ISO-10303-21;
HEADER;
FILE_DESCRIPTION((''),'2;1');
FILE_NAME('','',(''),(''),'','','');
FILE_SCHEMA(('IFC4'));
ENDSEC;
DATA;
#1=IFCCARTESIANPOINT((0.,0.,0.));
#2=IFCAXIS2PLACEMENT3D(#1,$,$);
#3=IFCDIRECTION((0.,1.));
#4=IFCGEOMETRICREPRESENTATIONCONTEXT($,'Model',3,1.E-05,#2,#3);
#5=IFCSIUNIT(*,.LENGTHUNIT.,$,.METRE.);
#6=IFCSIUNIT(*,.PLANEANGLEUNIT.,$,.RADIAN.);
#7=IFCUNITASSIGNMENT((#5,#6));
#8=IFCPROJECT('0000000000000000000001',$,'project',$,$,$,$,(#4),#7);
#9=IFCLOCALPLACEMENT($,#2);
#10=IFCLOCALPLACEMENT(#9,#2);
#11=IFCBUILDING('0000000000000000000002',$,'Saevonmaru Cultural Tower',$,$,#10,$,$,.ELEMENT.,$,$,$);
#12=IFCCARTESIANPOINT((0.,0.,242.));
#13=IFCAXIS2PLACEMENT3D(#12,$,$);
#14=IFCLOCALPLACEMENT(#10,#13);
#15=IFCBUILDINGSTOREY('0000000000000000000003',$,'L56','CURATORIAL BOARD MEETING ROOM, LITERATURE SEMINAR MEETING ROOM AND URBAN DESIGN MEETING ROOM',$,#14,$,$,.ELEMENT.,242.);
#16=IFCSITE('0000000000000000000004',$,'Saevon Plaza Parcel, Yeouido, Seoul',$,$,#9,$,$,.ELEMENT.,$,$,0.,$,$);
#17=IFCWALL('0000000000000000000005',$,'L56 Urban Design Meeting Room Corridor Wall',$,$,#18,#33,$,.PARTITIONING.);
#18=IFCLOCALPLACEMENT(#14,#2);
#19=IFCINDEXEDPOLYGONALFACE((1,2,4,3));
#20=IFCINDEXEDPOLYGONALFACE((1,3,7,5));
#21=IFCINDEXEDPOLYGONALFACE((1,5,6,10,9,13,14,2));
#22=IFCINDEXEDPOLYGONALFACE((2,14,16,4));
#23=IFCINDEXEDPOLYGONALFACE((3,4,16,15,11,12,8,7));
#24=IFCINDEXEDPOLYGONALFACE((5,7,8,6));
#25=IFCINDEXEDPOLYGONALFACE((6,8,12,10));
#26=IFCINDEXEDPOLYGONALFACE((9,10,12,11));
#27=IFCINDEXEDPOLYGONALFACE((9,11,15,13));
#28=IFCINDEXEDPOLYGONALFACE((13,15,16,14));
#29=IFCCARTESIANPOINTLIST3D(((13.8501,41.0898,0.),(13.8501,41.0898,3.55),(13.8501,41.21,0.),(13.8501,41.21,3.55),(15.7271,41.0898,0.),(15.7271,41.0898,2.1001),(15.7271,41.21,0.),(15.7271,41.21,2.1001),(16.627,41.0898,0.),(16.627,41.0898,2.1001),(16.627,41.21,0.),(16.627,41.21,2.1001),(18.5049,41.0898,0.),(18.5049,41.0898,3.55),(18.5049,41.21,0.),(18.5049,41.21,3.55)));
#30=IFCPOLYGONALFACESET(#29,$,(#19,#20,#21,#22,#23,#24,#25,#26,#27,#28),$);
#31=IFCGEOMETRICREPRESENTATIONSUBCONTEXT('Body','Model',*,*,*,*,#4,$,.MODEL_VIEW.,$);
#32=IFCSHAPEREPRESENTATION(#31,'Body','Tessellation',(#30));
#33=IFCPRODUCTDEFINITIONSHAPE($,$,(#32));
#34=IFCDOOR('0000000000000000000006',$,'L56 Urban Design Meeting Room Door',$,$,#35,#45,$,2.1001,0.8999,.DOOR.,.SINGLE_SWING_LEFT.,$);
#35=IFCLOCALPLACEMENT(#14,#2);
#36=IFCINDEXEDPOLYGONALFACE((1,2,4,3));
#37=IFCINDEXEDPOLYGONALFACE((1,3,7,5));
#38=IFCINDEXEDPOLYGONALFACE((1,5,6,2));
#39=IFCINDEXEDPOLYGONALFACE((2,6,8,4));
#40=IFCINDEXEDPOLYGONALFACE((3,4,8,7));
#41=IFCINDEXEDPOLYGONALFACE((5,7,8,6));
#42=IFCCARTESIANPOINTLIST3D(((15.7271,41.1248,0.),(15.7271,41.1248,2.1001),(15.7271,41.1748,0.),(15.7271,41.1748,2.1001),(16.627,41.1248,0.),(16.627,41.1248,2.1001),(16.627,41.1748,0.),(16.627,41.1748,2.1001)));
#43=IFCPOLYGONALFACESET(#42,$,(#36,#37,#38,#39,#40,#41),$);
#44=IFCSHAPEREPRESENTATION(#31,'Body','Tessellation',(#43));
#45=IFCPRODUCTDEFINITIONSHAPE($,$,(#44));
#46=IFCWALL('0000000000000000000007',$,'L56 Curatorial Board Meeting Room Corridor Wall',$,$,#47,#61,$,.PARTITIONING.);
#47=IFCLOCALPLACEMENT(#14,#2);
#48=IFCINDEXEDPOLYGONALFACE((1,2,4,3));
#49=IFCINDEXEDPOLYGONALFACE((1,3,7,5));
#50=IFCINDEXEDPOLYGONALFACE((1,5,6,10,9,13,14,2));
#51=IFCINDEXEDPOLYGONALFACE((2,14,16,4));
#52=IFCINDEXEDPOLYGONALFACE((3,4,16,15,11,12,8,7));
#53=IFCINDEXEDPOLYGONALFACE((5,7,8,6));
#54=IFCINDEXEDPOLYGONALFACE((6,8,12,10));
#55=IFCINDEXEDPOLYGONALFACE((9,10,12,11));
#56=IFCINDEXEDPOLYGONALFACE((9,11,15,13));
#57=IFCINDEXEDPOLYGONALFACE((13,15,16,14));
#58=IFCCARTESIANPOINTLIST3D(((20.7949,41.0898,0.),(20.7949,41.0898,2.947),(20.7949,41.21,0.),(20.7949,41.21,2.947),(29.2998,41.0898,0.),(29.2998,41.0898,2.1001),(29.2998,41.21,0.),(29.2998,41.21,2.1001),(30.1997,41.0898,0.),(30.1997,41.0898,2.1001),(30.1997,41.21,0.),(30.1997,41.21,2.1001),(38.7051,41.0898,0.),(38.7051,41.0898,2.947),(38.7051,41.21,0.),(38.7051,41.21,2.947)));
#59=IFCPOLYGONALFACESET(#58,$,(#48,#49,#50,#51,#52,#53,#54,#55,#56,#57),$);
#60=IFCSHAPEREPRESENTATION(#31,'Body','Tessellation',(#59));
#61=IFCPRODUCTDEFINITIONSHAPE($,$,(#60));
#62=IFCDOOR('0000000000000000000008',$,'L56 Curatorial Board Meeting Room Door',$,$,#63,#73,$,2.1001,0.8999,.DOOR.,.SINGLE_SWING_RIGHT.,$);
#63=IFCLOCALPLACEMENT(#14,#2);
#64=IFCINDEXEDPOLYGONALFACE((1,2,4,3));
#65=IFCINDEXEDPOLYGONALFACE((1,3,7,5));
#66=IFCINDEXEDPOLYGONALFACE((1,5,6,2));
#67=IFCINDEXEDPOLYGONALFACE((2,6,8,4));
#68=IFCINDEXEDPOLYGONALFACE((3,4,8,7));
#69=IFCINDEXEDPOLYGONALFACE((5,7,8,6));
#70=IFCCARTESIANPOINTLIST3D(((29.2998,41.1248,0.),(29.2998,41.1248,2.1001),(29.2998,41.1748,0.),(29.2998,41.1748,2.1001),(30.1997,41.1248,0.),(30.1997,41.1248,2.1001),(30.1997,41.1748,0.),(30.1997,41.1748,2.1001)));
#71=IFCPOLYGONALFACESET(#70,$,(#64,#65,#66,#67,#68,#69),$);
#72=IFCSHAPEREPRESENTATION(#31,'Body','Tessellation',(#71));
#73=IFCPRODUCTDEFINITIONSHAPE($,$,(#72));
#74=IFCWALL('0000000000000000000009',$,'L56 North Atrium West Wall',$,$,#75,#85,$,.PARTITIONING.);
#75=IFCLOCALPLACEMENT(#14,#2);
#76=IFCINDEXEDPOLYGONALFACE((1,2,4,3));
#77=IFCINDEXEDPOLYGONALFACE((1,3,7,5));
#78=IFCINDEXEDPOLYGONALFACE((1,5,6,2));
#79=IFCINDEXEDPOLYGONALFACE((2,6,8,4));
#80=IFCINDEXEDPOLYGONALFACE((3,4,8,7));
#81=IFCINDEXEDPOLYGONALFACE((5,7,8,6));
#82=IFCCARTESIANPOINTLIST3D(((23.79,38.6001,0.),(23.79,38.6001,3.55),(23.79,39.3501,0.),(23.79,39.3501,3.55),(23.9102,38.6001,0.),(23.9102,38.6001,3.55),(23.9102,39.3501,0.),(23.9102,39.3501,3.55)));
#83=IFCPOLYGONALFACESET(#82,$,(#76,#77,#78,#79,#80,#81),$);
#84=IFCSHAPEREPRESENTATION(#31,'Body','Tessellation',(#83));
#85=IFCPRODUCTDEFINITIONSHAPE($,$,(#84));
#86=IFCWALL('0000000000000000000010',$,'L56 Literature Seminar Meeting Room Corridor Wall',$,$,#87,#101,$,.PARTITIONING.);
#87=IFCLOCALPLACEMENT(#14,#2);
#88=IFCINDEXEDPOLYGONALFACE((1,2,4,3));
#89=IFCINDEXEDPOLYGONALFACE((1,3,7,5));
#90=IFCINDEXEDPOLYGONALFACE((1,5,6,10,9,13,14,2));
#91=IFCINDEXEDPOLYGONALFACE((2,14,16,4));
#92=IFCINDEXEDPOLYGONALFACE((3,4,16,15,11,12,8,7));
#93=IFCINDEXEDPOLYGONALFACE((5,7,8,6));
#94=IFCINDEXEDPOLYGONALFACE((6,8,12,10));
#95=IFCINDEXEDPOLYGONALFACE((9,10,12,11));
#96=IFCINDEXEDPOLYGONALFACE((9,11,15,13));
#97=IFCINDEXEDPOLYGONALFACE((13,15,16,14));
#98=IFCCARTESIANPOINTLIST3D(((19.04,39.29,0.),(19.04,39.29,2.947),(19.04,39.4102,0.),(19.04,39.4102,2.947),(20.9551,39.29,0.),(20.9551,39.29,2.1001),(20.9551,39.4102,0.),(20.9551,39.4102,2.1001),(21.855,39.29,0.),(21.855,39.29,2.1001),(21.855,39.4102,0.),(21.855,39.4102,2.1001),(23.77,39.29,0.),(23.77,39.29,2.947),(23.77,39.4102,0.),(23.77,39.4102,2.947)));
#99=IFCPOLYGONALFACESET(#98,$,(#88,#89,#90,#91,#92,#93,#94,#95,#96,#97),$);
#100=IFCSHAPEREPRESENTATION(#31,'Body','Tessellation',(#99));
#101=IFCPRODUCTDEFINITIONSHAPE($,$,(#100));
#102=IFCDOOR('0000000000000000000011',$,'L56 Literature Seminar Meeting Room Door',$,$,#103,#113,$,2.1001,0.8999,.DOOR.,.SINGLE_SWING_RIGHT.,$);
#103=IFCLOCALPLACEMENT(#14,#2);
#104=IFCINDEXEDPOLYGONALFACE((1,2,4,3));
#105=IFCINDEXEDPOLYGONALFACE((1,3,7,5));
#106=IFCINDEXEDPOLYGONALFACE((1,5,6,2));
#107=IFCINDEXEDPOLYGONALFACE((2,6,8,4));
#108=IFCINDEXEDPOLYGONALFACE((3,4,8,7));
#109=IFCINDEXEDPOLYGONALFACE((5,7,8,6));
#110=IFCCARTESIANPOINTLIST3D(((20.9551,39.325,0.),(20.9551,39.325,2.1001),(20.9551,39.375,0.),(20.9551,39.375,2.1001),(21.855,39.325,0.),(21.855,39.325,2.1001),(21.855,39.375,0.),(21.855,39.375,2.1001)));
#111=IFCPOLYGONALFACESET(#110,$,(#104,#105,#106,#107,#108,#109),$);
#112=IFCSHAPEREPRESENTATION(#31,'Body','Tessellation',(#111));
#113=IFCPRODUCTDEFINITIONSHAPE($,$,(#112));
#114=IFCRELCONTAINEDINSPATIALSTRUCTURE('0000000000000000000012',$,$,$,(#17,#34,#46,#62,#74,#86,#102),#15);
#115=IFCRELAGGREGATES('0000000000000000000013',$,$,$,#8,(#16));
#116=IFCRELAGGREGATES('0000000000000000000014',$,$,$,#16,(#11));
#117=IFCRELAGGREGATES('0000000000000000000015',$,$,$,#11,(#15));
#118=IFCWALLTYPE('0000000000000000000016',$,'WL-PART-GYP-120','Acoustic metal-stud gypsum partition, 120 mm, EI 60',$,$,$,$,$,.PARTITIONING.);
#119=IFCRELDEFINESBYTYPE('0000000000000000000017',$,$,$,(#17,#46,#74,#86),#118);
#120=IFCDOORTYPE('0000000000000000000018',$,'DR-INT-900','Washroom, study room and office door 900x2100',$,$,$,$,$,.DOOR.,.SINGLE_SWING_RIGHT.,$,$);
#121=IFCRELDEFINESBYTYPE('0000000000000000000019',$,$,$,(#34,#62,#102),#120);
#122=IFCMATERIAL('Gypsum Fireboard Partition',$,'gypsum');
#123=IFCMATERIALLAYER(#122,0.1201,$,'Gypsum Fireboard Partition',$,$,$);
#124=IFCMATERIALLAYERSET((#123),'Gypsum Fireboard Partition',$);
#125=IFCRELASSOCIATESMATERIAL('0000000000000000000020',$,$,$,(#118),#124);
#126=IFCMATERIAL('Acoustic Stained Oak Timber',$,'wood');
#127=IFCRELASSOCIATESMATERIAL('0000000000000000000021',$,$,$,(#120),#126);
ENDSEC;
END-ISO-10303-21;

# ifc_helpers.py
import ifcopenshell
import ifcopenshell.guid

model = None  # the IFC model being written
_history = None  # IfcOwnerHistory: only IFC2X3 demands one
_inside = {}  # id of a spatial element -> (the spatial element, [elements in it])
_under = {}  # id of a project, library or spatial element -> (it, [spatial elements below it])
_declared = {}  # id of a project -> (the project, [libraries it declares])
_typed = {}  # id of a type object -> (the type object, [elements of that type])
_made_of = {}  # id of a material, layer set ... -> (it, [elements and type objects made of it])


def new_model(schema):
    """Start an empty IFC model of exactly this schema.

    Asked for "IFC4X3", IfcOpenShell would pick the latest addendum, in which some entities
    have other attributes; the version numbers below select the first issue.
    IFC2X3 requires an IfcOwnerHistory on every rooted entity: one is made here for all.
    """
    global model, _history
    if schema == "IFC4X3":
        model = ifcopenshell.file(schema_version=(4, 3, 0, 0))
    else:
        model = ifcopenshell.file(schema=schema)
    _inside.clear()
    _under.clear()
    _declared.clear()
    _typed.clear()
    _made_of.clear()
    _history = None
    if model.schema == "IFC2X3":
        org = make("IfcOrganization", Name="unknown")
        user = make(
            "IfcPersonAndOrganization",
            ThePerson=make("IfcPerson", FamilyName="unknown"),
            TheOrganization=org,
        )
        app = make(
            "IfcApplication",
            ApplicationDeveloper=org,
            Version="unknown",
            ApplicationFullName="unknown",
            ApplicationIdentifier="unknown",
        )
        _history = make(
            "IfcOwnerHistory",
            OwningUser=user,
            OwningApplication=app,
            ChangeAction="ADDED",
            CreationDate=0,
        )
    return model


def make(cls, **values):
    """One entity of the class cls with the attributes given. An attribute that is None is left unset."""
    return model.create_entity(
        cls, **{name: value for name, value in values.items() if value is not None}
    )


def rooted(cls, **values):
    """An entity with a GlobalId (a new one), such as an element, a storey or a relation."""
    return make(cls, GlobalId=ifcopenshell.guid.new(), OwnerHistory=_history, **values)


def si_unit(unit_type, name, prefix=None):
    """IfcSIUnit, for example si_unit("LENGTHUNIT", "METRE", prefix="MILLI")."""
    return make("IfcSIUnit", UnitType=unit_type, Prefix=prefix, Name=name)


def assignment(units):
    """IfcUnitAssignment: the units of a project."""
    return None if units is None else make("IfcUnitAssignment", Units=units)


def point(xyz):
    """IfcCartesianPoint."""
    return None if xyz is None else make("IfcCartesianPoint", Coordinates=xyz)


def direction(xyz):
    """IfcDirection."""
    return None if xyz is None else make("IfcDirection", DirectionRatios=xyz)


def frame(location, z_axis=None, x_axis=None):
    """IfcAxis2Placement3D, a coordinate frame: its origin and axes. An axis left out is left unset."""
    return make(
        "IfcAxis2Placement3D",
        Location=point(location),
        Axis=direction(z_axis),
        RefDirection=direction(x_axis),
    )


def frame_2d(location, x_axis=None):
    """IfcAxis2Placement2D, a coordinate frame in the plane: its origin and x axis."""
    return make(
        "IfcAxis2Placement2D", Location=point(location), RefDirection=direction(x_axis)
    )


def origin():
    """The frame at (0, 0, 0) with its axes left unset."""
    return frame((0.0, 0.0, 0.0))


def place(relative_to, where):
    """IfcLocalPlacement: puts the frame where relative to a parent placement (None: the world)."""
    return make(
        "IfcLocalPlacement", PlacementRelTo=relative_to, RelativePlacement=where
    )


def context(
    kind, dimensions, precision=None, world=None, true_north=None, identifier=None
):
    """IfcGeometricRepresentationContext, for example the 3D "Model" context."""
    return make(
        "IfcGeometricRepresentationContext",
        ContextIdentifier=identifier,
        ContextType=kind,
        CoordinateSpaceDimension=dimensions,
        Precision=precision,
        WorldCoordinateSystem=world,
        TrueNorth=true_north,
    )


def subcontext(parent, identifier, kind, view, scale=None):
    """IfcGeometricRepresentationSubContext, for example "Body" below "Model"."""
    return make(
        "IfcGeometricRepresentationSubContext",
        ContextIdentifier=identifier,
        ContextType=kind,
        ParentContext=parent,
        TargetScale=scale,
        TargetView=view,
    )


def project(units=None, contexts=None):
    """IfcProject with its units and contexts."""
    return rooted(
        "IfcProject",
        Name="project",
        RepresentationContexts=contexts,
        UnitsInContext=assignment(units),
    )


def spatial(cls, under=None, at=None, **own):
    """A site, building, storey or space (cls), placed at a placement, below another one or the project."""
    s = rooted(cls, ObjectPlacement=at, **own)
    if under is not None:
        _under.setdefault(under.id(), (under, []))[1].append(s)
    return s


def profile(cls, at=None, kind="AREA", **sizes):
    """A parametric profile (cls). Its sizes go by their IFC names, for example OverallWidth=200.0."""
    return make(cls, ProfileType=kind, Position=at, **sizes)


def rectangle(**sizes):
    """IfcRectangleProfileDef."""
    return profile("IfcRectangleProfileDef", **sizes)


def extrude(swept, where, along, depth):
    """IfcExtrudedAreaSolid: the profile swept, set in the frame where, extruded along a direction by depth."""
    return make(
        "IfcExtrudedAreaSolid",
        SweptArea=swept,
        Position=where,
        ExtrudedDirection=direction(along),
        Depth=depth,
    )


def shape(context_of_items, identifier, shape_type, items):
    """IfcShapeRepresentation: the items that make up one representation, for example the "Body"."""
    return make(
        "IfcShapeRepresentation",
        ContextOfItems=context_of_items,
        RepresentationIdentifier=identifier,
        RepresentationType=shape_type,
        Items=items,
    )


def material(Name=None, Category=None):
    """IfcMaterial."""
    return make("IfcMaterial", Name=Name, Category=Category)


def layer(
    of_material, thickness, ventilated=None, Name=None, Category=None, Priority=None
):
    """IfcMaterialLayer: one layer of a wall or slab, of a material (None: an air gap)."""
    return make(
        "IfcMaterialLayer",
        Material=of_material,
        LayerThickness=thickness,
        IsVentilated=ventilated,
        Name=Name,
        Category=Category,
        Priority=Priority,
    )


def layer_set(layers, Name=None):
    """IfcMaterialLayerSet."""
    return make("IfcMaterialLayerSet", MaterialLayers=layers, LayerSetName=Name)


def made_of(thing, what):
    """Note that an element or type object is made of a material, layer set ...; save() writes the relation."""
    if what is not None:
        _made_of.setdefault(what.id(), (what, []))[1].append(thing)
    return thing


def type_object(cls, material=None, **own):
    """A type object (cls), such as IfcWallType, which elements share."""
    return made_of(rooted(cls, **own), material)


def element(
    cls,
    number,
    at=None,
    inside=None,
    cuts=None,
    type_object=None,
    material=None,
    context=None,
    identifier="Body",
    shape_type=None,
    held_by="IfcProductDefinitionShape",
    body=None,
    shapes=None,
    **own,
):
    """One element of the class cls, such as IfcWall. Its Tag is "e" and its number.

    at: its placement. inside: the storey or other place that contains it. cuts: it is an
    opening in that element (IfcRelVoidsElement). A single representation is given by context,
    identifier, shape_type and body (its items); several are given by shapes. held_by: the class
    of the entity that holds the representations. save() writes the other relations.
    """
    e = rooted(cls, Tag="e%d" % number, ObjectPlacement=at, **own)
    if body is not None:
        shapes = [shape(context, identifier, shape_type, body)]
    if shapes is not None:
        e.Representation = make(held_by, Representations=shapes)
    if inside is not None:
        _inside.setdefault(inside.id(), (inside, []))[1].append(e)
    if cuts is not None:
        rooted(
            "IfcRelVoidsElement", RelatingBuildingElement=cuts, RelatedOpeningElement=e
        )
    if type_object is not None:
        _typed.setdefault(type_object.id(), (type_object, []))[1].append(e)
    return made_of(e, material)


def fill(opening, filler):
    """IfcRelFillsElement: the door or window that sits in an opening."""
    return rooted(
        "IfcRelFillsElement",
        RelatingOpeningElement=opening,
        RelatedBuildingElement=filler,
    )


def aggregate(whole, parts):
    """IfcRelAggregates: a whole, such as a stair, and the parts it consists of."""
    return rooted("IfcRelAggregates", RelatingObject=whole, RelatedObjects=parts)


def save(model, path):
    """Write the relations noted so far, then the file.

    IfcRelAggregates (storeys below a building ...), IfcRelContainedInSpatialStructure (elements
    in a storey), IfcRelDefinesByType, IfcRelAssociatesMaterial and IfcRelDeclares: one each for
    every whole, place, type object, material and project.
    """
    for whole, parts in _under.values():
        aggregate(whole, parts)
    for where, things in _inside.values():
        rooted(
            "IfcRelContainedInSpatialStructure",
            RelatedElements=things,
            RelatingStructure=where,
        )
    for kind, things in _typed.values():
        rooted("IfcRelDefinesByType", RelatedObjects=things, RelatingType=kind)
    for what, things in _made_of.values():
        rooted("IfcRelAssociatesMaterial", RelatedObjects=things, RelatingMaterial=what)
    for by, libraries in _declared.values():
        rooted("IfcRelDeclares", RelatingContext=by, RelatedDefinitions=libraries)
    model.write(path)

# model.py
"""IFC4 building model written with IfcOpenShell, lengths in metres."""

from ifc_helpers import new_model, si_unit, direction, frame, frame_2d, origin, place, context, subcontext, project, spatial, rectangle, extrude, material, layer, layer_set, type_object, element, fill, save


model = new_model("IFC4")

# Units and contexts
model_context = context("Model", 3, precision=1e-05, world=origin(), true_north=direction((0.0, 1.0)))
body_context = subcontext(model_context, "Body", "Model", "MODEL_VIEW")
ifc_project = project(units=[si_unit("LENGTHUNIT", "METRE"), si_unit("PLANEANGLEUNIT", "RADIAN")], contexts=[model_context])

# Site, building, storey
site_placement = place(None, origin())
site = spatial("IfcSite", under=ifc_project, at=site_placement, Name="Saevon Plaza Parcel, Yeouido, Seoul", CompositionType="ELEMENT", RefElevation=0.0)
building_placement = place(site_placement, origin())
building = spatial("IfcBuilding", under=site, at=building_placement, Name="Saevonmaru Cultural Tower", CompositionType="ELEMENT")
storey_placement = place(building_placement, frame((0.0, 0.0, 242.0)))
storey = spatial("IfcBuildingStorey", under=building, at=storey_placement, Name="L56", Description="CURATORIAL BOARD MEETING ROOM, LITERATURE SEMINAR MEETING ROOM AND URBAN DESIGN MEETING ROOM", CompositionType="ELEMENT", Elevation=242.0)

# Shared definitions
ifc_material_1 = material(Name="Gypsum Fireboard Partition", Category="gypsum")

# Walls, openings, doors
ifc_layer_1 = layer(ifc_material_1, 0.1201, Name="Gypsum Fireboard Partition")
ifc_layer_set_1 = layer_set([ifc_layer_1], Name="Gypsum Fireboard Partition")
wall_type_1 = type_object("IfcWallType", Name="WL-PART-GYP-120", Description="Acoustic metal-stud gypsum partition, 120 mm, EI 60", PredefinedType="PARTITIONING", material=ifc_layer_set_1)
wall_1_placement = place(storey_placement, frame((13.8501, 41.1499, 0.0), z_axis=(0.0, 0.0, 1.0), x_axis=(1.0, 0.0, 0.0)))
wall_1 = element("IfcWall", 1, at=wall_1_placement, inside=storey, type_object=wall_type_1, Name="L56 Urban Design Meeting Room Corridor Wall", PredefinedType="PARTITIONING", context=body_context, shape_type="SweptSolid", body=[
    extrude(rectangle(XDim=4.6548, YDim=0.1201, at=frame_2d((2.3274, 0.0))), origin(), (0.0, 0.0, 1.0), 3.55),
])
opening_1_placement = place(wall_1_placement, frame((1.877, 0.0, 0.0)))
opening_1 = element("IfcOpeningElement", 2, at=opening_1_placement, cuts=wall_1, PredefinedType="OPENING", context=body_context, shape_type="SweptSolid", body=[
    extrude(rectangle(XDim=0.8999, YDim=2.1001, at=frame_2d((0.45, 1.05))), frame((0.0, 0.0701, 0.0), z_axis=(0.0, -1.0, 0.0), x_axis=(1.0, 0.0, 0.0)), (0.0, 0.0, 1.0), 0.1401),
])
ifc_material_2 = material(Name="Acoustic Stained Oak Timber", Category="wood")
door_type = type_object("IfcDoorType", Name="DR-INT-900", Description="Washroom, study room and office door 900x2100", OperationType="SINGLE_SWING_RIGHT", PredefinedType="DOOR", material=ifc_material_2)
door_1_placement = place(opening_1_placement, origin())
door_1 = element("IfcDoor", 3, at=door_1_placement, inside=storey, type_object=door_type, Name="L56 Urban Design Meeting Room Door", OperationType="SINGLE_SWING_LEFT", OverallHeight=2.1001, OverallWidth=0.8999, PredefinedType="DOOR", context=body_context, shape_type="SweptSolid", body=[
    extrude(rectangle(XDim=0.8999, YDim=2.1001, at=frame_2d((0.45, 1.05))), frame((0.0, 0.0249, 0.0), z_axis=(0.0, -1.0, 0.0), x_axis=(1.0, 0.0, 0.0)), (0.0, 0.0, 1.0), 0.05),
])
fill(opening_1, door_1)
wall_2_placement = place(storey_placement, frame((20.7949, 41.1499, 0.0), z_axis=(0.0, 0.0, 1.0), x_axis=(1.0, 0.0, 0.0)))
wall_2 = element("IfcWall", 4, at=wall_2_placement, inside=storey, type_object=wall_type_1, Name="L56 Curatorial Board Meeting Room Corridor Wall", PredefinedType="PARTITIONING", context=body_context, shape_type="SweptSolid", body=[
    extrude(rectangle(XDim=17.9102, YDim=0.1201, at=frame_2d((8.9551, 0.0))), origin(), (0.0, 0.0, 1.0), 2.947),
])
opening_2_placement = place(wall_2_placement, frame((8.5049, 0.0, 0.0)))
opening_2 = element("IfcOpeningElement", 5, at=opening_2_placement, cuts=wall_2, PredefinedType="OPENING", context=body_context, shape_type="SweptSolid", body=[
    extrude(rectangle(XDim=0.8999, YDim=2.1001, at=frame_2d((0.45, 1.05))), frame((0.0, 0.0701, 0.0), z_axis=(0.0, -1.0, 0.0), x_axis=(1.0, 0.0, 0.0)), (0.0, 0.0, 1.0), 0.1401),
])
door_2_placement = place(opening_2_placement, origin())
door_2 = element("IfcDoor", 6, at=door_2_placement, inside=storey, type_object=door_type, Name="L56 Curatorial Board Meeting Room Door", OperationType="SINGLE_SWING_RIGHT", OverallHeight=2.1001, OverallWidth=0.8999, PredefinedType="DOOR", context=body_context, shape_type="SweptSolid", body=[
    extrude(rectangle(XDim=0.8999, YDim=2.1001, at=frame_2d((0.45, 1.05))), frame((0.0, 0.0249, 0.0), z_axis=(0.0, -1.0, 0.0), x_axis=(1.0, 0.0, 0.0)), (0.0, 0.0, 1.0), 0.05),
])
fill(opening_2, door_2)

# Wall
wall_3_placement = place(storey_placement, frame((23.8501, 38.6001, 0.0), z_axis=(0.0, 0.0, 1.0), x_axis=(0.0, 1.0, 0.0)))
element("IfcWall", 7, at=wall_3_placement, inside=storey, type_object=wall_type_1, Name="L56 North Atrium West Wall", PredefinedType="PARTITIONING", context=body_context, shape_type="SweptSolid", body=[
    extrude(rectangle(XDim=0.75, YDim=0.1201, at=frame_2d((0.375, 0.0))), origin(), (0.0, 0.0, 1.0), 3.55),
])

# Wall, opening, door
wall_4_placement = place(storey_placement, frame((19.04, 39.3501, 0.0), z_axis=(0.0, 0.0, 1.0), x_axis=(1.0, 0.0, 0.0)))
wall_4 = element("IfcWall", 8, at=wall_4_placement, inside=storey, type_object=wall_type_1, Name="L56 Literature Seminar Meeting Room Corridor Wall", PredefinedType="PARTITIONING", context=body_context, shape_type="SweptSolid", body=[
    extrude(rectangle(XDim=4.73, YDim=0.1201, at=frame_2d((2.365, 0.0))), origin(), (0.0, 0.0, 1.0), 2.947),
])
opening_3_placement = place(wall_4_placement, frame((1.915, 0.0, 0.0)))
opening_3 = element("IfcOpeningElement", 9, at=opening_3_placement, cuts=wall_4, PredefinedType="OPENING", context=body_context, shape_type="SweptSolid", body=[
    extrude(rectangle(XDim=0.8999, YDim=2.1001, at=frame_2d((0.45, 1.05))), frame((0.0, 0.0701, 0.0), z_axis=(0.0, -1.0, 0.0), x_axis=(1.0, 0.0, 0.0)), (0.0, 0.0, 1.0), 0.1401),
])
door_3_placement = place(opening_3_placement, origin())
door_3 = element("IfcDoor", 10, at=door_3_placement, inside=storey, type_object=door_type, Name="L56 Literature Seminar Meeting Room Door", OperationType="SINGLE_SWING_RIGHT", OverallHeight=2.1001, OverallWidth=0.8999, PredefinedType="DOOR", context=body_context, shape_type="SweptSolid", body=[
    extrude(rectangle(XDim=0.8999, YDim=2.1001, at=frame_2d((0.45, 1.05))), frame((0.0, 0.0249, 0.0), z_axis=(0.0, -1.0, 0.0), x_axis=(1.0, 0.0, 0.0)), (0.0, 0.0, 1.0), 0.05),
])
fill(opening_3, door_3)

save(model, "model.ifc")
